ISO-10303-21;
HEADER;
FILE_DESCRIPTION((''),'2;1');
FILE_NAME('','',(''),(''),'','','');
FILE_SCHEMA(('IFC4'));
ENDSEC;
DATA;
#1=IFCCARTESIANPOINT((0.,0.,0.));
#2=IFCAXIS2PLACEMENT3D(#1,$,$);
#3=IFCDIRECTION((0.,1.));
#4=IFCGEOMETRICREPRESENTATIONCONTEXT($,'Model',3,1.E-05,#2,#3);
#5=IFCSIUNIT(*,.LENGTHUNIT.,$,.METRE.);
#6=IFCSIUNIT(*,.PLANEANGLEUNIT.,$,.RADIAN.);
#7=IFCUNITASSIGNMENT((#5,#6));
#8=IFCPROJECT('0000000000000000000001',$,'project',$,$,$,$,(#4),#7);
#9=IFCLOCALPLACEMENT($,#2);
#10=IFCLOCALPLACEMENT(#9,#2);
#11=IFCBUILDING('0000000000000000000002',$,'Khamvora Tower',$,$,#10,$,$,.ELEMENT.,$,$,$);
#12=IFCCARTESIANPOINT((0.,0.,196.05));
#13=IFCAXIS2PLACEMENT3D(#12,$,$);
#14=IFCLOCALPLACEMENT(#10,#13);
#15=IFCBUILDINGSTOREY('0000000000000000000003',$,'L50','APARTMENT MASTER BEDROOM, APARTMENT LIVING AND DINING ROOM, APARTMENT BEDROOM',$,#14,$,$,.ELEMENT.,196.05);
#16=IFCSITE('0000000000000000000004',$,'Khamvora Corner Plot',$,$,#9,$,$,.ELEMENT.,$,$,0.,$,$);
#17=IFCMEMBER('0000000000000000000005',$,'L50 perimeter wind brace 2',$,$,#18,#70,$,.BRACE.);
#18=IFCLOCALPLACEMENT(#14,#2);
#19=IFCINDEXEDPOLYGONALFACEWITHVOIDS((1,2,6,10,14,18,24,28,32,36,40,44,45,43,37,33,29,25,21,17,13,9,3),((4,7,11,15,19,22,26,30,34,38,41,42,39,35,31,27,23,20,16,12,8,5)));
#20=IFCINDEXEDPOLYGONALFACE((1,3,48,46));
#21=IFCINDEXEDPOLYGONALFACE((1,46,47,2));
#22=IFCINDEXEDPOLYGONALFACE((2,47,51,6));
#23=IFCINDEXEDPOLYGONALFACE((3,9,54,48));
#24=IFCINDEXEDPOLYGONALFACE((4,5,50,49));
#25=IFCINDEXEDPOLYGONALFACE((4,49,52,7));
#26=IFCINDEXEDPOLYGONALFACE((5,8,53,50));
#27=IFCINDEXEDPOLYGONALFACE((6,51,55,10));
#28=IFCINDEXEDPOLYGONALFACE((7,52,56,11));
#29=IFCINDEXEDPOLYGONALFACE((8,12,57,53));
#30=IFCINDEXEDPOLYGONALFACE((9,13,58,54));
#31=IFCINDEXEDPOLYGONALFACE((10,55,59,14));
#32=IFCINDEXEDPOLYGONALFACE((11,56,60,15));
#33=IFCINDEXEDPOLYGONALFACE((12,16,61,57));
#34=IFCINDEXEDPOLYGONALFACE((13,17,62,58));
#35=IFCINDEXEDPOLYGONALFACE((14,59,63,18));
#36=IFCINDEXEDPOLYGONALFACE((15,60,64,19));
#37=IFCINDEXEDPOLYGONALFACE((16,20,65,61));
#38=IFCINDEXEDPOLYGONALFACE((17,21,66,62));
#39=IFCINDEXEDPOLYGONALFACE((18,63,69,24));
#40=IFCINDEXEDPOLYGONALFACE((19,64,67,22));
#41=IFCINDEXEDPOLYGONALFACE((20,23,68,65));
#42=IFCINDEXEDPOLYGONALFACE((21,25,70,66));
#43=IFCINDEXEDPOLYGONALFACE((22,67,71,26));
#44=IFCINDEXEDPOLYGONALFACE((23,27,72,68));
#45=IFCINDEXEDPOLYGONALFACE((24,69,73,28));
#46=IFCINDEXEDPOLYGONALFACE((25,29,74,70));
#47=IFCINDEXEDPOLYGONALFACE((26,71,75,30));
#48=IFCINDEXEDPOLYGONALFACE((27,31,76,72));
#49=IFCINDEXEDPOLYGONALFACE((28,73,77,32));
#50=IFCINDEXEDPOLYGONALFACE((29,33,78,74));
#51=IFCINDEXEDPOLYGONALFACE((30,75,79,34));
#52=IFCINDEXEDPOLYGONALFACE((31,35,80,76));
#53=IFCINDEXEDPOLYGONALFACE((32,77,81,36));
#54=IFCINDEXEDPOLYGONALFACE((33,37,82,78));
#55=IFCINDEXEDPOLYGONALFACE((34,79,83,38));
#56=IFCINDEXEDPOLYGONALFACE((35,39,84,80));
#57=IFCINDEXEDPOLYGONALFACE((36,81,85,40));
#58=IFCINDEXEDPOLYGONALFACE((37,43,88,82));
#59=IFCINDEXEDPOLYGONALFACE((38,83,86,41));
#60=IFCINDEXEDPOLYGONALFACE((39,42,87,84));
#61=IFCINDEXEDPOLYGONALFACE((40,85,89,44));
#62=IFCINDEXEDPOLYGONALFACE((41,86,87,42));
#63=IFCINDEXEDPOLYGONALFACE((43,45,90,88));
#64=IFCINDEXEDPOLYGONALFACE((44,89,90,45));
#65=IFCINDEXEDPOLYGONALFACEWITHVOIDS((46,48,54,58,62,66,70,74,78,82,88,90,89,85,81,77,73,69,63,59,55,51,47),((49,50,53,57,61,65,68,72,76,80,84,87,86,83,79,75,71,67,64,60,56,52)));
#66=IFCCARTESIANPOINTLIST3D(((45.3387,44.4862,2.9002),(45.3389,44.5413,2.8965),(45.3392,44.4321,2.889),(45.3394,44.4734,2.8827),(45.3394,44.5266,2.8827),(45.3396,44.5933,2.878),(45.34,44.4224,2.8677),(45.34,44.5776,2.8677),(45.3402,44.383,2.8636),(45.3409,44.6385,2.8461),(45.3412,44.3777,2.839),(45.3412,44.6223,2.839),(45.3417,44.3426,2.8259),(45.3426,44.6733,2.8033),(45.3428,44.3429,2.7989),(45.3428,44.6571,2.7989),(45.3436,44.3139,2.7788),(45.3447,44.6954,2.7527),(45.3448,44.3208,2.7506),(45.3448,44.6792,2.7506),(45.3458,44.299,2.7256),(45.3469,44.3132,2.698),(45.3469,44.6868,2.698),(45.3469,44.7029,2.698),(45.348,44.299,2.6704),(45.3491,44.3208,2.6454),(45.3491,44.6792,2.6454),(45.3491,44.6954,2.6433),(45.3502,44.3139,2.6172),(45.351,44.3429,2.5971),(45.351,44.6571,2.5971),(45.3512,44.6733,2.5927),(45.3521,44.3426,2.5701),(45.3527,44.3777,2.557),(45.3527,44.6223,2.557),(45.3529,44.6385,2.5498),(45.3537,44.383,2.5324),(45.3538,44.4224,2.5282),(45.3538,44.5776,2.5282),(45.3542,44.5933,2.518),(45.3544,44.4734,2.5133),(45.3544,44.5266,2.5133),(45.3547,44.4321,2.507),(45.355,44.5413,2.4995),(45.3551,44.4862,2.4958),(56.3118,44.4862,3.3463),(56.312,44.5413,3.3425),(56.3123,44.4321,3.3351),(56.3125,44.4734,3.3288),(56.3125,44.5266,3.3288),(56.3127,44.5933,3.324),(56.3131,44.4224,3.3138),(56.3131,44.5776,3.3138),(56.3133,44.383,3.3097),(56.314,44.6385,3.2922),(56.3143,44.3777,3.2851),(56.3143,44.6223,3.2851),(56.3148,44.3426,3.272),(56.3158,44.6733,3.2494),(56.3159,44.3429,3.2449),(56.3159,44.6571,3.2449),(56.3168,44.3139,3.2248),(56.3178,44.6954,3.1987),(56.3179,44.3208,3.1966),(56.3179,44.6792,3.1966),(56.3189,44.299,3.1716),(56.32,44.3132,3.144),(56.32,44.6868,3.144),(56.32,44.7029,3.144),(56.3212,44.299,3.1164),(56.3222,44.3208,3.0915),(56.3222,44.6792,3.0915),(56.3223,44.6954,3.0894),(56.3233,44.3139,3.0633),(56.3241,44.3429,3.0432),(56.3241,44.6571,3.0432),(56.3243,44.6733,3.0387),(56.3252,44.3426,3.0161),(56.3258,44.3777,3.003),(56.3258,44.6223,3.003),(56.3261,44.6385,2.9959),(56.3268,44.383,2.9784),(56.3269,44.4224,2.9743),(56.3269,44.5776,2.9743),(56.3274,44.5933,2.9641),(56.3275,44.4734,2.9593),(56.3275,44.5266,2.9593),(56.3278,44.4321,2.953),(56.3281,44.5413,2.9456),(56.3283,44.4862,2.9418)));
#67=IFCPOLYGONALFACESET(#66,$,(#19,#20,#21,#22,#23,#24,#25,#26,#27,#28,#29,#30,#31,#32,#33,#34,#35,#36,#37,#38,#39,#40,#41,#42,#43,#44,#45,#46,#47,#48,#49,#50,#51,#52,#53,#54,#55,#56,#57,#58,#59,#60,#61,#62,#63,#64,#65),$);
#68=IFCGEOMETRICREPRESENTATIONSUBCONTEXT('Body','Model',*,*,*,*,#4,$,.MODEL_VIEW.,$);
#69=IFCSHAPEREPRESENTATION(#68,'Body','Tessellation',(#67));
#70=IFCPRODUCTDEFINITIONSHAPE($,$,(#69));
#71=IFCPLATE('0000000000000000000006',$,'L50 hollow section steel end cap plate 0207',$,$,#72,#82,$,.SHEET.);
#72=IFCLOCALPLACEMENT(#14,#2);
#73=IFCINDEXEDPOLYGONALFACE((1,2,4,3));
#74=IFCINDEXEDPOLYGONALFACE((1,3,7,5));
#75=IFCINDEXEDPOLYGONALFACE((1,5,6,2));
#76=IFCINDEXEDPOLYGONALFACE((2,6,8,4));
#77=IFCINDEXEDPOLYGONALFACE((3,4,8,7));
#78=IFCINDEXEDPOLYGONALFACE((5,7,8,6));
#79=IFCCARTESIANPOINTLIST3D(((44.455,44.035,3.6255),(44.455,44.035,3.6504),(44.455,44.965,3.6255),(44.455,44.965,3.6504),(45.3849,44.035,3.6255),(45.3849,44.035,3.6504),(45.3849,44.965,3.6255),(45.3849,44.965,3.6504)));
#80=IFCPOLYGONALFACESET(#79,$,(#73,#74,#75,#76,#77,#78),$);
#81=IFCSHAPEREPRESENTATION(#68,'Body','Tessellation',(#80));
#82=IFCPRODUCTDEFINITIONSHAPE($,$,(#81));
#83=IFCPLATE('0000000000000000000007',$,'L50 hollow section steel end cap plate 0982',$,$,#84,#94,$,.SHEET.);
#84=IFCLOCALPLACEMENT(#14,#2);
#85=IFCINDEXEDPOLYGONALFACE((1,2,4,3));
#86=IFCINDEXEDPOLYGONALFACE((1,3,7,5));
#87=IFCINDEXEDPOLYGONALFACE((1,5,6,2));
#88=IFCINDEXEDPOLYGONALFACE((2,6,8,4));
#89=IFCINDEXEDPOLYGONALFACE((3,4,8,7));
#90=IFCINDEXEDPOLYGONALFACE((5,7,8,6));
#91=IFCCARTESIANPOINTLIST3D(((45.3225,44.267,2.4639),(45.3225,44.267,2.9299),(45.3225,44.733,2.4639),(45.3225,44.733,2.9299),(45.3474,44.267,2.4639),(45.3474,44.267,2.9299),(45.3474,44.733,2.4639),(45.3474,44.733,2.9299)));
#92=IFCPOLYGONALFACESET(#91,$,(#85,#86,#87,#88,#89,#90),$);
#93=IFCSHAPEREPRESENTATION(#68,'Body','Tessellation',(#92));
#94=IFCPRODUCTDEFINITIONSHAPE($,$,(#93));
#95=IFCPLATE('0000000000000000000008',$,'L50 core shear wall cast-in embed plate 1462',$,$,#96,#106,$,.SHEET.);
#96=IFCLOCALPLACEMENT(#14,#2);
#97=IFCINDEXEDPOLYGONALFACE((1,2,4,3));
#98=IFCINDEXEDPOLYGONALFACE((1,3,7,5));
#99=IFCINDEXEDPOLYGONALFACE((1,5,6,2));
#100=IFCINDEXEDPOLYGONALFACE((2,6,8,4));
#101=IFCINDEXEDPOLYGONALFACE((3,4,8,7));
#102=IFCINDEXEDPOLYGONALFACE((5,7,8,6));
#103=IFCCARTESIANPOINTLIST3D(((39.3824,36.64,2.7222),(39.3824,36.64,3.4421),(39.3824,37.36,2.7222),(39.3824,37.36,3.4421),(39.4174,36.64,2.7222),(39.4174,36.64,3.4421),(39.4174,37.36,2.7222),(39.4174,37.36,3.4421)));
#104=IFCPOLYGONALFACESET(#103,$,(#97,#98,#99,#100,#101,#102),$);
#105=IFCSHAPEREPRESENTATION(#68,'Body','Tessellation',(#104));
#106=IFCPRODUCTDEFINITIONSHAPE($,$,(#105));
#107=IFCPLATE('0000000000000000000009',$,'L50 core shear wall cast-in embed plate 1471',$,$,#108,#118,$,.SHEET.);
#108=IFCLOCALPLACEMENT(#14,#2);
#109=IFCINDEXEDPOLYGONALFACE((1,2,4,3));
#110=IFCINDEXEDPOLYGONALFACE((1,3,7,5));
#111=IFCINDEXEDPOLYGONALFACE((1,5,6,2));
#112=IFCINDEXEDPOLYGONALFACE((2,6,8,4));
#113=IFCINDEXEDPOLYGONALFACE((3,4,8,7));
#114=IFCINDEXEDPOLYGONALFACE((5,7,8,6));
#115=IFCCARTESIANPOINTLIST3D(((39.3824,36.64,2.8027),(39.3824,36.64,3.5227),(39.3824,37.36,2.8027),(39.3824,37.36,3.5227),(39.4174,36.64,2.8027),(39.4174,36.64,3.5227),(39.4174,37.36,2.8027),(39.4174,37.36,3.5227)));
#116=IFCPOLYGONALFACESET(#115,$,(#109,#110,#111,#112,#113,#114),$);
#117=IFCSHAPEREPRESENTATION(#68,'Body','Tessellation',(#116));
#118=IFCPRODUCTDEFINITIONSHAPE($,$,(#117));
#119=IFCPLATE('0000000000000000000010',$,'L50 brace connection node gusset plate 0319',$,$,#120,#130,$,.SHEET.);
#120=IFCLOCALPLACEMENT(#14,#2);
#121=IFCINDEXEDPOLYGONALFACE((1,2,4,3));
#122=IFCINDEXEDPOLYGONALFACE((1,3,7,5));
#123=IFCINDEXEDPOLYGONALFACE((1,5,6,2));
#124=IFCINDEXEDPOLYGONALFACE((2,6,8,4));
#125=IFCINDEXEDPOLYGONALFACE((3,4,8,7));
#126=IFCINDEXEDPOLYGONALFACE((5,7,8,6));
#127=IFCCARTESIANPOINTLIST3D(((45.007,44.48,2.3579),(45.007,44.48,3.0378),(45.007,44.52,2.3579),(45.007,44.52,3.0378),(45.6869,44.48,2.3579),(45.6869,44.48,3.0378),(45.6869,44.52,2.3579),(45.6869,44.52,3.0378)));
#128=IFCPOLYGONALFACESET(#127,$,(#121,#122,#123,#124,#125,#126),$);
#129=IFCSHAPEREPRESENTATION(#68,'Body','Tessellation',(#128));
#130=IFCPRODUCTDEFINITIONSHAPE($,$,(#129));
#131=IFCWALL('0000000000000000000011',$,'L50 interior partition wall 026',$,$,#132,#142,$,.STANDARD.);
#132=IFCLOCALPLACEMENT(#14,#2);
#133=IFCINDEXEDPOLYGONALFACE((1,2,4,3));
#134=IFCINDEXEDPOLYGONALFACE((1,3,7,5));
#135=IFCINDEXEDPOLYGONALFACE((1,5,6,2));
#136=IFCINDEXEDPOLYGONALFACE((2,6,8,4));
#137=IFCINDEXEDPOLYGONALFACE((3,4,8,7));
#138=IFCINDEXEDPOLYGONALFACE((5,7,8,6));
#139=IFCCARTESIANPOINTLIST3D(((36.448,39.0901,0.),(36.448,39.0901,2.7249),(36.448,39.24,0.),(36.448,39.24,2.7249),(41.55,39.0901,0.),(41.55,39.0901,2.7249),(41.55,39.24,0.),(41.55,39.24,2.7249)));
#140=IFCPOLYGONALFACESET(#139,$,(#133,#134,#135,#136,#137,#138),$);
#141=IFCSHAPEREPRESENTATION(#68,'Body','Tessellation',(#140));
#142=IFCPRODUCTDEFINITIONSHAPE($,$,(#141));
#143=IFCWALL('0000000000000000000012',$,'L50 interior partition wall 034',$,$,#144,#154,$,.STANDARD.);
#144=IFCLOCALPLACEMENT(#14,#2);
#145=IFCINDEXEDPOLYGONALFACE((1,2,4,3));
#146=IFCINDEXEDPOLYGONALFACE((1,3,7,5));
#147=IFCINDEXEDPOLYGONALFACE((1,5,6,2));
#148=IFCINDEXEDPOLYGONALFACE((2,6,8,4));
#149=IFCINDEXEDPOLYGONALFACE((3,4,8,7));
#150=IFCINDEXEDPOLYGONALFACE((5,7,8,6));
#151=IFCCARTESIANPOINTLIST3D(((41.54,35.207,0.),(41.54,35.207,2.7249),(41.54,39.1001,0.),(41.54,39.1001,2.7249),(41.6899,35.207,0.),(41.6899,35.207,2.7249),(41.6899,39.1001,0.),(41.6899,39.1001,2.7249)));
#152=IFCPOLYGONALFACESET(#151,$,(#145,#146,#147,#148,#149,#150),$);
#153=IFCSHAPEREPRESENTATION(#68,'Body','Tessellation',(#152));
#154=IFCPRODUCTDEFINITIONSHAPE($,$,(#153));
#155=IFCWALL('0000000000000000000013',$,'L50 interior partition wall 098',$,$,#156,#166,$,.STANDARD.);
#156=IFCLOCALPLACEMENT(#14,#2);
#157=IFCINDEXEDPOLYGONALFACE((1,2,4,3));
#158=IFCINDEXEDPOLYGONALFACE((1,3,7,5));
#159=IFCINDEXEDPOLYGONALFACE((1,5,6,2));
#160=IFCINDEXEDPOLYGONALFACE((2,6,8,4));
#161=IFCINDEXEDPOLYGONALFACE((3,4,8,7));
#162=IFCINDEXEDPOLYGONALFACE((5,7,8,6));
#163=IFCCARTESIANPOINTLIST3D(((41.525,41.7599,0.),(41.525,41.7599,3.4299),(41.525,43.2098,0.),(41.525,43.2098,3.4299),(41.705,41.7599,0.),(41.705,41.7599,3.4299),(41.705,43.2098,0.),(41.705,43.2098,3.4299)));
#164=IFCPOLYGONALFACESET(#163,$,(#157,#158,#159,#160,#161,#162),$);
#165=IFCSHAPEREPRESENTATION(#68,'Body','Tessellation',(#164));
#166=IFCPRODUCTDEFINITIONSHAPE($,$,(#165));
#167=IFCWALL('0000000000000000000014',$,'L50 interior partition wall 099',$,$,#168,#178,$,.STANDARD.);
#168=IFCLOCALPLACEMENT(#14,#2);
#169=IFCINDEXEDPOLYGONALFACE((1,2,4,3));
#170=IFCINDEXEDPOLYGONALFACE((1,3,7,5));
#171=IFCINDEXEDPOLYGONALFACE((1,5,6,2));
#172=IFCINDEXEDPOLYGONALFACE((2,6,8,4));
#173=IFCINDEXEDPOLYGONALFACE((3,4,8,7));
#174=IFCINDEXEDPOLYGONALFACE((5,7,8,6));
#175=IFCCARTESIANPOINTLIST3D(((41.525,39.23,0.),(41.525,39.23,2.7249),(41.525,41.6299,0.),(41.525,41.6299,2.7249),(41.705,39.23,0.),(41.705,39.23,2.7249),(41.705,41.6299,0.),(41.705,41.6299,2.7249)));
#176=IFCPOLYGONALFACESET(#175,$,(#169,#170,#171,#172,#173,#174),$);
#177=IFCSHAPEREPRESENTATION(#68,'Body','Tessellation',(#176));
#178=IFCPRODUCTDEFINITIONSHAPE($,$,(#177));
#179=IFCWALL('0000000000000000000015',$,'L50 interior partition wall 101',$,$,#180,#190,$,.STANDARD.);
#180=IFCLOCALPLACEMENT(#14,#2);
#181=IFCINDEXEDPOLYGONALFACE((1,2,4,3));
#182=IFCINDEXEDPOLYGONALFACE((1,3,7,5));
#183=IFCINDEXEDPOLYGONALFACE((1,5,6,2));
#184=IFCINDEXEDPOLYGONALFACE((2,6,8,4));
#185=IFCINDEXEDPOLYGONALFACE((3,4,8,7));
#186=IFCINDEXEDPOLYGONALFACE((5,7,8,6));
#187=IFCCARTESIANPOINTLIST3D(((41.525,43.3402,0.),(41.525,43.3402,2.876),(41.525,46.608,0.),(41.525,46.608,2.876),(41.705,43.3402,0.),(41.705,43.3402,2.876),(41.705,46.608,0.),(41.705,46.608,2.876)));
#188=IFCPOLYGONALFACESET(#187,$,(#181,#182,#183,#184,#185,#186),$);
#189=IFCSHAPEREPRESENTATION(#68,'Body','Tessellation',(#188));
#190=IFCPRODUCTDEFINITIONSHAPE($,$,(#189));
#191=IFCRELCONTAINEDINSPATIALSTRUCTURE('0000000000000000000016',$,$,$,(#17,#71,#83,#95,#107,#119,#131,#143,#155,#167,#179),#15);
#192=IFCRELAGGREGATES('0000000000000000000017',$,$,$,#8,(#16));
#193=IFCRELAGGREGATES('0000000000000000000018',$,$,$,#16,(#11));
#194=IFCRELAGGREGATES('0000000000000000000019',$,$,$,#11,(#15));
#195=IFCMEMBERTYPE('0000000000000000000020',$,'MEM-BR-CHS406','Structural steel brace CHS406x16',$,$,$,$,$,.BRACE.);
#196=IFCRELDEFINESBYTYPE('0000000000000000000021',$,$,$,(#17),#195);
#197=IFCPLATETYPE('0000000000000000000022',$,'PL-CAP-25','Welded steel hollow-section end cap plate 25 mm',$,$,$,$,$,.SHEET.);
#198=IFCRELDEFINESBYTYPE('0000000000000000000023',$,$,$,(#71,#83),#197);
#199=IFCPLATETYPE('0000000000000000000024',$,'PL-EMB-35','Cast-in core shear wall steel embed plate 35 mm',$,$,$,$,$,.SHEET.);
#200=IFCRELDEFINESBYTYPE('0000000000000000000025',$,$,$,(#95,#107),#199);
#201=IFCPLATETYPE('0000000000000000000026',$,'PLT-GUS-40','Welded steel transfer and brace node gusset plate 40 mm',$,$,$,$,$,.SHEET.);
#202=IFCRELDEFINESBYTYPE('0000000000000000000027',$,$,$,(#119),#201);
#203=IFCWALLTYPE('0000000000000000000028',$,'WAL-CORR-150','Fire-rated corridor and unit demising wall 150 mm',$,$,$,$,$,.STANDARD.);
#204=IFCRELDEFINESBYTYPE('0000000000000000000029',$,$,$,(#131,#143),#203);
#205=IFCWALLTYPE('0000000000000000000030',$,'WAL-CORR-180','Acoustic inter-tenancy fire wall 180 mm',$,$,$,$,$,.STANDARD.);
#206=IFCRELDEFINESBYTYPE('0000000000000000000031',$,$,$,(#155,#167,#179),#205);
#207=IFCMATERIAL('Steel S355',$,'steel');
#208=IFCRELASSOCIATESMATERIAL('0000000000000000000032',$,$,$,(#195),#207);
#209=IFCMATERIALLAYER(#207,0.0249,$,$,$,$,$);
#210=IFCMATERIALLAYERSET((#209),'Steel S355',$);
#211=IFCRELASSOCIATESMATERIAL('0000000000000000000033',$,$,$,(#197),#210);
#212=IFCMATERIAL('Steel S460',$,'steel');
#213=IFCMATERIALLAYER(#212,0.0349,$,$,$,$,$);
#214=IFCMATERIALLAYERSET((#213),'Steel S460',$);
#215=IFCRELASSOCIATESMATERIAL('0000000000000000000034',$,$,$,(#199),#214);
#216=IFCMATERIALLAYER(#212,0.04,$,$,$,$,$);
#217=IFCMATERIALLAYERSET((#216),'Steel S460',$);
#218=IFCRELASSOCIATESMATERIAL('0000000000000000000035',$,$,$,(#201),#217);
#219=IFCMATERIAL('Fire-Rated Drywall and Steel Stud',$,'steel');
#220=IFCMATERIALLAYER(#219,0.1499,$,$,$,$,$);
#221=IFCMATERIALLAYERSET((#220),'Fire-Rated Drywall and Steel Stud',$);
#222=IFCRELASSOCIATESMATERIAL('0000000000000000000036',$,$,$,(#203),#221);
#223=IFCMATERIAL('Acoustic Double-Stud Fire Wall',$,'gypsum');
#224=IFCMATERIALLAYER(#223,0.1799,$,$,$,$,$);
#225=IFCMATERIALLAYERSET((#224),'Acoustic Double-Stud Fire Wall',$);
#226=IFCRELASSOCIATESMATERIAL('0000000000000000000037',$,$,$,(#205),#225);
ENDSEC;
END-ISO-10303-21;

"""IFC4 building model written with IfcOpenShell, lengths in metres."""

from ifc_helpers import new_model, si_unit, direction, frame, frame_2d, origin, origin_2d, place, context, subcontext, project, spatial, rectangle, hollow_circle, extrude, material, layer, layer_set, material_profile, profile_set, type_object, element, save


model = new_model("IFC4")

# Units and contexts
model_context = context("Model", 3, precision=1e-05, world=origin(), true_north=direction((0.0, 1.0)))
body_context = subcontext(model_context, "Body", "Model", "MODEL_VIEW")
ifc_project = project(units=[si_unit("LENGTHUNIT", "METRE"), si_unit("PLANEANGLEUNIT", "RADIAN")], contexts=[model_context])

# Site, building, storey
site_placement = place(None, origin())
site = spatial("IfcSite", under=ifc_project, at=site_placement, Name="Khamvora Corner Plot", CompositionType="ELEMENT", RefElevation=0.0)
building_placement = place(site_placement, origin())
building = spatial("IfcBuilding", under=site, at=building_placement, Name="Khamvora Tower", CompositionType="ELEMENT")
storey_placement = place(building_placement, frame((0.0, 0.0, 196.05)))
storey = spatial("IfcBuildingStorey", under=building, at=storey_placement, Name="L50", Description="APARTMENT MASTER BEDROOM, APARTMENT LIVING AND DINING ROOM, APARTMENT BEDROOM", CompositionType="ELEMENT", Elevation=196.05)

# Shared definitions
ifc_material_1 = material(Name="Steel S460", Category="steel")
ifc_material_2 = material(Name="Steel S355", Category="steel")

# Member
ifc_material_profile_1 = material_profile(ifc_material_2, hollow_circle(Radius=0.2029, WallThickness=0.0161, at=origin_2d()), Name="CHS406x16")
ifc_profile_set_1 = profile_set([ifc_material_profile_1], Name="Steel S355")
member_type = type_object("IfcMemberType", Name="MEM-BR-CHS406", Description="Structural steel brace CHS406x16", PredefinedType="BRACE", material=ifc_profile_set_1)
member_placement = place(storey_placement, frame((45.3469, 44.5, 2.698), z_axis=(0.999175, 0.0, 0.040615), x_axis=(0.0, 1.0, 0.0)))
element("IfcMember", 1, at=member_placement, inside=storey, type_object=member_type, Name="L50 perimeter wind brace 2", PredefinedType="BRACE", context=body_context, shape_type="SweptSolid", body=[
    extrude(hollow_circle(Radius=0.2029, WallThickness=0.0161, at=origin_2d()), origin(), (0.0, 0.0, 1.0), 10.9822),
])

# Plates
ifc_layer_1 = layer(ifc_material_2, 0.0249)
ifc_layer_set_1 = layer_set([ifc_layer_1], Name="Steel S355")
plate_type_1 = type_object("IfcPlateType", Name="PL-CAP-25", Description="Welded steel hollow-section end cap plate 25 mm", PredefinedType="SHEET", material=ifc_layer_set_1)
plate_1_placement = place(storey_placement, frame((44.9199, 44.5, 3.6255), z_axis=(0.0, 0.0, 1.0), x_axis=(1.0, 0.0, 0.0)))
element("IfcPlate", 2, at=plate_1_placement, inside=storey, type_object=plate_type_1, Name="L50 hollow section steel end cap plate 0207", PredefinedType="SHEET", context=body_context, shape_type="SweptSolid", body=[
    extrude(rectangle(XDim=0.9299, YDim=0.9299, at=origin_2d()), origin(), (0.0, 0.0, 1.0), 0.0249),
])
plate_2_placement = place(storey_placement, frame((45.335, 44.5, 2.4639), z_axis=(0.0, 0.0, 1.0), x_axis=(1.0, 0.0, 0.0)))
element("IfcPlate", 3, at=plate_2_placement, inside=storey, type_object=plate_type_1, Name="L50 hollow section steel end cap plate 0982", PredefinedType="SHEET", context=body_context, shape_type="SweptSolid", body=[
    extrude(rectangle(XDim=0.0249, YDim=0.4661, at=origin_2d()), origin(), (0.0, 0.0, 1.0), 0.4661),
])
ifc_layer_2 = layer(ifc_material_1, 0.0349)
ifc_layer_set_2 = layer_set([ifc_layer_2], Name="Steel S460")
plate_type_2 = type_object("IfcPlateType", Name="PL-EMB-35", Description="Cast-in core shear wall steel embed plate 35 mm", PredefinedType="SHEET", material=ifc_layer_set_2)
for number, where, z_axis, x_axis, name in (
    (4, (39.3999, 37.0, 2.7222), (0.0, 0.0, 1.0), (1.0, 0.0, 0.0), "L50 core shear wall cast-in embed plate 1462"),
    (5, (39.3999, 37.0, 2.8027), (0.0, 0.0, 1.0), (1.0, 0.0, 0.0), "L50 core shear wall cast-in embed plate 1471"),
):
    element("IfcPlate", number, at=place(storey_placement, frame(where, z_axis=z_axis, x_axis=x_axis)), inside=storey, type_object=plate_type_2, Name=name, PredefinedType="SHEET", context=body_context, shape_type="SweptSolid", body=[
        extrude(rectangle(XDim=0.0349, YDim=0.72, at=origin_2d()), origin(), (0.0, 0.0, 1.0), 0.72),
    ])
ifc_layer_3 = layer(ifc_material_1, 0.04)
ifc_layer_set_3 = layer_set([ifc_layer_3], Name="Steel S460")
plate_type_3 = type_object("IfcPlateType", Name="PLT-GUS-40", Description="Welded steel transfer and brace node gusset plate 40 mm", PredefinedType="SHEET", material=ifc_layer_set_3)
plate_3_placement = place(storey_placement, frame((45.3469, 44.5, 2.3579), z_axis=(0.0, 0.0, 1.0), x_axis=(1.0, 0.0, 0.0)))
element("IfcPlate", 6, at=plate_3_placement, inside=storey, type_object=plate_type_3, Name="L50 brace connection node gusset plate 0319", PredefinedType="SHEET", context=body_context, shape_type="SweptSolid", body=[
    extrude(rectangle(XDim=0.6799, YDim=0.04, at=origin_2d()), origin(), (0.0, 0.0, 1.0), 0.6799),
])

# Walls
ifc_material_3 = material(Name="Fire-Rated Drywall and Steel Stud", Category="steel")
ifc_layer_4 = layer(ifc_material_3, 0.1499)
ifc_layer_set_4 = layer_set([ifc_layer_4], Name="Fire-Rated Drywall and Steel Stud")
wall_type_1 = type_object("IfcWallType", Name="WAL-CORR-150", Description="Fire-rated corridor and unit demising wall 150 mm", PredefinedType="STANDARD", material=ifc_layer_set_4)
wall_1_placement = place(storey_placement, frame((36.448, 39.165, 0.0), z_axis=(0.0, 0.0, 1.0), x_axis=(1.0, 0.0, 0.0)))
element("IfcWall", 7, at=wall_1_placement, inside=storey, type_object=wall_type_1, Name="L50 interior partition wall 026", PredefinedType="STANDARD", context=body_context, shape_type="SweptSolid", body=[
    extrude(rectangle(XDim=5.1021, YDim=0.1499, at=frame_2d((2.551, 0.0))), origin(), (0.0, 0.0, 1.0), 2.7249),
])
wall_2_placement = place(storey_placement, frame((41.615, 39.1001, 0.0), z_axis=(0.0, 0.0, 1.0), x_axis=(0.0, -1.0, 0.0)))
element("IfcWall", 8, at=wall_2_placement, inside=storey, type_object=wall_type_1, Name="L50 interior partition wall 034", PredefinedType="STANDARD", context=body_context, shape_type="SweptSolid", body=[
    extrude(rectangle(XDim=3.8931, YDim=0.1499, at=frame_2d((1.9465, 0.0))), origin(), (0.0, 0.0, 1.0), 2.7249),
])
ifc_material_4 = material(Name="Acoustic Double-Stud Fire Wall", Category="gypsum")
ifc_layer_5 = layer(ifc_material_4, 0.1799)
ifc_layer_set_5 = layer_set([ifc_layer_5], Name="Acoustic Double-Stud Fire Wall")
wall_type_2 = type_object("IfcWallType", Name="WAL-CORR-180", Description="Acoustic inter-tenancy fire wall 180 mm", PredefinedType="STANDARD", material=ifc_layer_set_5)
wall_3_placement = place(storey_placement, frame((41.615, 43.21, 0.0), z_axis=(0.0, 0.0, 1.0), x_axis=(0.0, -1.0, 0.0)))
element("IfcWall", 9, at=wall_3_placement, inside=storey, type_object=wall_type_2, Name="L50 interior partition wall 098", PredefinedType="STANDARD", context=body_context, shape_type="SweptSolid", body=[
    extrude(rectangle(XDim=1.45, YDim=0.1799, at=frame_2d((0.7251, 0.0))), origin(), (0.0, 0.0, 1.0), 3.4299),
])
wall_4_placement = place(storey_placement, frame((41.615, 41.6299, 0.0), z_axis=(0.0, 0.0, 1.0), x_axis=(0.0, -1.0, 0.0)))
element("IfcWall", 10, at=wall_4_placement, inside=storey, type_object=wall_type_2, Name="L50 interior partition wall 099", PredefinedType="STANDARD", context=body_context, shape_type="SweptSolid", body=[
    extrude(rectangle(XDim=2.3999, YDim=0.1799, at=frame_2d((1.2, 0.0))), origin(), (0.0, 0.0, 1.0), 2.7249),
])
wall_5_placement = place(storey_placement, frame((41.615, 46.6079, 0.0), z_axis=(0.0, 0.0, 1.0), x_axis=(0.0, -1.0, 0.0)))
element("IfcWall", 11, at=wall_5_placement, inside=storey, type_object=wall_type_2, Name="L50 interior partition wall 101", PredefinedType="STANDARD", context=body_context, shape_type="SweptSolid", body=[
    extrude(rectangle(XDim=3.2678, YDim=0.1799, at=frame_2d((1.6338, 0.0))), origin(), (0.0, 0.0, 1.0), 2.876),
])

save(model, "model.ifc")
